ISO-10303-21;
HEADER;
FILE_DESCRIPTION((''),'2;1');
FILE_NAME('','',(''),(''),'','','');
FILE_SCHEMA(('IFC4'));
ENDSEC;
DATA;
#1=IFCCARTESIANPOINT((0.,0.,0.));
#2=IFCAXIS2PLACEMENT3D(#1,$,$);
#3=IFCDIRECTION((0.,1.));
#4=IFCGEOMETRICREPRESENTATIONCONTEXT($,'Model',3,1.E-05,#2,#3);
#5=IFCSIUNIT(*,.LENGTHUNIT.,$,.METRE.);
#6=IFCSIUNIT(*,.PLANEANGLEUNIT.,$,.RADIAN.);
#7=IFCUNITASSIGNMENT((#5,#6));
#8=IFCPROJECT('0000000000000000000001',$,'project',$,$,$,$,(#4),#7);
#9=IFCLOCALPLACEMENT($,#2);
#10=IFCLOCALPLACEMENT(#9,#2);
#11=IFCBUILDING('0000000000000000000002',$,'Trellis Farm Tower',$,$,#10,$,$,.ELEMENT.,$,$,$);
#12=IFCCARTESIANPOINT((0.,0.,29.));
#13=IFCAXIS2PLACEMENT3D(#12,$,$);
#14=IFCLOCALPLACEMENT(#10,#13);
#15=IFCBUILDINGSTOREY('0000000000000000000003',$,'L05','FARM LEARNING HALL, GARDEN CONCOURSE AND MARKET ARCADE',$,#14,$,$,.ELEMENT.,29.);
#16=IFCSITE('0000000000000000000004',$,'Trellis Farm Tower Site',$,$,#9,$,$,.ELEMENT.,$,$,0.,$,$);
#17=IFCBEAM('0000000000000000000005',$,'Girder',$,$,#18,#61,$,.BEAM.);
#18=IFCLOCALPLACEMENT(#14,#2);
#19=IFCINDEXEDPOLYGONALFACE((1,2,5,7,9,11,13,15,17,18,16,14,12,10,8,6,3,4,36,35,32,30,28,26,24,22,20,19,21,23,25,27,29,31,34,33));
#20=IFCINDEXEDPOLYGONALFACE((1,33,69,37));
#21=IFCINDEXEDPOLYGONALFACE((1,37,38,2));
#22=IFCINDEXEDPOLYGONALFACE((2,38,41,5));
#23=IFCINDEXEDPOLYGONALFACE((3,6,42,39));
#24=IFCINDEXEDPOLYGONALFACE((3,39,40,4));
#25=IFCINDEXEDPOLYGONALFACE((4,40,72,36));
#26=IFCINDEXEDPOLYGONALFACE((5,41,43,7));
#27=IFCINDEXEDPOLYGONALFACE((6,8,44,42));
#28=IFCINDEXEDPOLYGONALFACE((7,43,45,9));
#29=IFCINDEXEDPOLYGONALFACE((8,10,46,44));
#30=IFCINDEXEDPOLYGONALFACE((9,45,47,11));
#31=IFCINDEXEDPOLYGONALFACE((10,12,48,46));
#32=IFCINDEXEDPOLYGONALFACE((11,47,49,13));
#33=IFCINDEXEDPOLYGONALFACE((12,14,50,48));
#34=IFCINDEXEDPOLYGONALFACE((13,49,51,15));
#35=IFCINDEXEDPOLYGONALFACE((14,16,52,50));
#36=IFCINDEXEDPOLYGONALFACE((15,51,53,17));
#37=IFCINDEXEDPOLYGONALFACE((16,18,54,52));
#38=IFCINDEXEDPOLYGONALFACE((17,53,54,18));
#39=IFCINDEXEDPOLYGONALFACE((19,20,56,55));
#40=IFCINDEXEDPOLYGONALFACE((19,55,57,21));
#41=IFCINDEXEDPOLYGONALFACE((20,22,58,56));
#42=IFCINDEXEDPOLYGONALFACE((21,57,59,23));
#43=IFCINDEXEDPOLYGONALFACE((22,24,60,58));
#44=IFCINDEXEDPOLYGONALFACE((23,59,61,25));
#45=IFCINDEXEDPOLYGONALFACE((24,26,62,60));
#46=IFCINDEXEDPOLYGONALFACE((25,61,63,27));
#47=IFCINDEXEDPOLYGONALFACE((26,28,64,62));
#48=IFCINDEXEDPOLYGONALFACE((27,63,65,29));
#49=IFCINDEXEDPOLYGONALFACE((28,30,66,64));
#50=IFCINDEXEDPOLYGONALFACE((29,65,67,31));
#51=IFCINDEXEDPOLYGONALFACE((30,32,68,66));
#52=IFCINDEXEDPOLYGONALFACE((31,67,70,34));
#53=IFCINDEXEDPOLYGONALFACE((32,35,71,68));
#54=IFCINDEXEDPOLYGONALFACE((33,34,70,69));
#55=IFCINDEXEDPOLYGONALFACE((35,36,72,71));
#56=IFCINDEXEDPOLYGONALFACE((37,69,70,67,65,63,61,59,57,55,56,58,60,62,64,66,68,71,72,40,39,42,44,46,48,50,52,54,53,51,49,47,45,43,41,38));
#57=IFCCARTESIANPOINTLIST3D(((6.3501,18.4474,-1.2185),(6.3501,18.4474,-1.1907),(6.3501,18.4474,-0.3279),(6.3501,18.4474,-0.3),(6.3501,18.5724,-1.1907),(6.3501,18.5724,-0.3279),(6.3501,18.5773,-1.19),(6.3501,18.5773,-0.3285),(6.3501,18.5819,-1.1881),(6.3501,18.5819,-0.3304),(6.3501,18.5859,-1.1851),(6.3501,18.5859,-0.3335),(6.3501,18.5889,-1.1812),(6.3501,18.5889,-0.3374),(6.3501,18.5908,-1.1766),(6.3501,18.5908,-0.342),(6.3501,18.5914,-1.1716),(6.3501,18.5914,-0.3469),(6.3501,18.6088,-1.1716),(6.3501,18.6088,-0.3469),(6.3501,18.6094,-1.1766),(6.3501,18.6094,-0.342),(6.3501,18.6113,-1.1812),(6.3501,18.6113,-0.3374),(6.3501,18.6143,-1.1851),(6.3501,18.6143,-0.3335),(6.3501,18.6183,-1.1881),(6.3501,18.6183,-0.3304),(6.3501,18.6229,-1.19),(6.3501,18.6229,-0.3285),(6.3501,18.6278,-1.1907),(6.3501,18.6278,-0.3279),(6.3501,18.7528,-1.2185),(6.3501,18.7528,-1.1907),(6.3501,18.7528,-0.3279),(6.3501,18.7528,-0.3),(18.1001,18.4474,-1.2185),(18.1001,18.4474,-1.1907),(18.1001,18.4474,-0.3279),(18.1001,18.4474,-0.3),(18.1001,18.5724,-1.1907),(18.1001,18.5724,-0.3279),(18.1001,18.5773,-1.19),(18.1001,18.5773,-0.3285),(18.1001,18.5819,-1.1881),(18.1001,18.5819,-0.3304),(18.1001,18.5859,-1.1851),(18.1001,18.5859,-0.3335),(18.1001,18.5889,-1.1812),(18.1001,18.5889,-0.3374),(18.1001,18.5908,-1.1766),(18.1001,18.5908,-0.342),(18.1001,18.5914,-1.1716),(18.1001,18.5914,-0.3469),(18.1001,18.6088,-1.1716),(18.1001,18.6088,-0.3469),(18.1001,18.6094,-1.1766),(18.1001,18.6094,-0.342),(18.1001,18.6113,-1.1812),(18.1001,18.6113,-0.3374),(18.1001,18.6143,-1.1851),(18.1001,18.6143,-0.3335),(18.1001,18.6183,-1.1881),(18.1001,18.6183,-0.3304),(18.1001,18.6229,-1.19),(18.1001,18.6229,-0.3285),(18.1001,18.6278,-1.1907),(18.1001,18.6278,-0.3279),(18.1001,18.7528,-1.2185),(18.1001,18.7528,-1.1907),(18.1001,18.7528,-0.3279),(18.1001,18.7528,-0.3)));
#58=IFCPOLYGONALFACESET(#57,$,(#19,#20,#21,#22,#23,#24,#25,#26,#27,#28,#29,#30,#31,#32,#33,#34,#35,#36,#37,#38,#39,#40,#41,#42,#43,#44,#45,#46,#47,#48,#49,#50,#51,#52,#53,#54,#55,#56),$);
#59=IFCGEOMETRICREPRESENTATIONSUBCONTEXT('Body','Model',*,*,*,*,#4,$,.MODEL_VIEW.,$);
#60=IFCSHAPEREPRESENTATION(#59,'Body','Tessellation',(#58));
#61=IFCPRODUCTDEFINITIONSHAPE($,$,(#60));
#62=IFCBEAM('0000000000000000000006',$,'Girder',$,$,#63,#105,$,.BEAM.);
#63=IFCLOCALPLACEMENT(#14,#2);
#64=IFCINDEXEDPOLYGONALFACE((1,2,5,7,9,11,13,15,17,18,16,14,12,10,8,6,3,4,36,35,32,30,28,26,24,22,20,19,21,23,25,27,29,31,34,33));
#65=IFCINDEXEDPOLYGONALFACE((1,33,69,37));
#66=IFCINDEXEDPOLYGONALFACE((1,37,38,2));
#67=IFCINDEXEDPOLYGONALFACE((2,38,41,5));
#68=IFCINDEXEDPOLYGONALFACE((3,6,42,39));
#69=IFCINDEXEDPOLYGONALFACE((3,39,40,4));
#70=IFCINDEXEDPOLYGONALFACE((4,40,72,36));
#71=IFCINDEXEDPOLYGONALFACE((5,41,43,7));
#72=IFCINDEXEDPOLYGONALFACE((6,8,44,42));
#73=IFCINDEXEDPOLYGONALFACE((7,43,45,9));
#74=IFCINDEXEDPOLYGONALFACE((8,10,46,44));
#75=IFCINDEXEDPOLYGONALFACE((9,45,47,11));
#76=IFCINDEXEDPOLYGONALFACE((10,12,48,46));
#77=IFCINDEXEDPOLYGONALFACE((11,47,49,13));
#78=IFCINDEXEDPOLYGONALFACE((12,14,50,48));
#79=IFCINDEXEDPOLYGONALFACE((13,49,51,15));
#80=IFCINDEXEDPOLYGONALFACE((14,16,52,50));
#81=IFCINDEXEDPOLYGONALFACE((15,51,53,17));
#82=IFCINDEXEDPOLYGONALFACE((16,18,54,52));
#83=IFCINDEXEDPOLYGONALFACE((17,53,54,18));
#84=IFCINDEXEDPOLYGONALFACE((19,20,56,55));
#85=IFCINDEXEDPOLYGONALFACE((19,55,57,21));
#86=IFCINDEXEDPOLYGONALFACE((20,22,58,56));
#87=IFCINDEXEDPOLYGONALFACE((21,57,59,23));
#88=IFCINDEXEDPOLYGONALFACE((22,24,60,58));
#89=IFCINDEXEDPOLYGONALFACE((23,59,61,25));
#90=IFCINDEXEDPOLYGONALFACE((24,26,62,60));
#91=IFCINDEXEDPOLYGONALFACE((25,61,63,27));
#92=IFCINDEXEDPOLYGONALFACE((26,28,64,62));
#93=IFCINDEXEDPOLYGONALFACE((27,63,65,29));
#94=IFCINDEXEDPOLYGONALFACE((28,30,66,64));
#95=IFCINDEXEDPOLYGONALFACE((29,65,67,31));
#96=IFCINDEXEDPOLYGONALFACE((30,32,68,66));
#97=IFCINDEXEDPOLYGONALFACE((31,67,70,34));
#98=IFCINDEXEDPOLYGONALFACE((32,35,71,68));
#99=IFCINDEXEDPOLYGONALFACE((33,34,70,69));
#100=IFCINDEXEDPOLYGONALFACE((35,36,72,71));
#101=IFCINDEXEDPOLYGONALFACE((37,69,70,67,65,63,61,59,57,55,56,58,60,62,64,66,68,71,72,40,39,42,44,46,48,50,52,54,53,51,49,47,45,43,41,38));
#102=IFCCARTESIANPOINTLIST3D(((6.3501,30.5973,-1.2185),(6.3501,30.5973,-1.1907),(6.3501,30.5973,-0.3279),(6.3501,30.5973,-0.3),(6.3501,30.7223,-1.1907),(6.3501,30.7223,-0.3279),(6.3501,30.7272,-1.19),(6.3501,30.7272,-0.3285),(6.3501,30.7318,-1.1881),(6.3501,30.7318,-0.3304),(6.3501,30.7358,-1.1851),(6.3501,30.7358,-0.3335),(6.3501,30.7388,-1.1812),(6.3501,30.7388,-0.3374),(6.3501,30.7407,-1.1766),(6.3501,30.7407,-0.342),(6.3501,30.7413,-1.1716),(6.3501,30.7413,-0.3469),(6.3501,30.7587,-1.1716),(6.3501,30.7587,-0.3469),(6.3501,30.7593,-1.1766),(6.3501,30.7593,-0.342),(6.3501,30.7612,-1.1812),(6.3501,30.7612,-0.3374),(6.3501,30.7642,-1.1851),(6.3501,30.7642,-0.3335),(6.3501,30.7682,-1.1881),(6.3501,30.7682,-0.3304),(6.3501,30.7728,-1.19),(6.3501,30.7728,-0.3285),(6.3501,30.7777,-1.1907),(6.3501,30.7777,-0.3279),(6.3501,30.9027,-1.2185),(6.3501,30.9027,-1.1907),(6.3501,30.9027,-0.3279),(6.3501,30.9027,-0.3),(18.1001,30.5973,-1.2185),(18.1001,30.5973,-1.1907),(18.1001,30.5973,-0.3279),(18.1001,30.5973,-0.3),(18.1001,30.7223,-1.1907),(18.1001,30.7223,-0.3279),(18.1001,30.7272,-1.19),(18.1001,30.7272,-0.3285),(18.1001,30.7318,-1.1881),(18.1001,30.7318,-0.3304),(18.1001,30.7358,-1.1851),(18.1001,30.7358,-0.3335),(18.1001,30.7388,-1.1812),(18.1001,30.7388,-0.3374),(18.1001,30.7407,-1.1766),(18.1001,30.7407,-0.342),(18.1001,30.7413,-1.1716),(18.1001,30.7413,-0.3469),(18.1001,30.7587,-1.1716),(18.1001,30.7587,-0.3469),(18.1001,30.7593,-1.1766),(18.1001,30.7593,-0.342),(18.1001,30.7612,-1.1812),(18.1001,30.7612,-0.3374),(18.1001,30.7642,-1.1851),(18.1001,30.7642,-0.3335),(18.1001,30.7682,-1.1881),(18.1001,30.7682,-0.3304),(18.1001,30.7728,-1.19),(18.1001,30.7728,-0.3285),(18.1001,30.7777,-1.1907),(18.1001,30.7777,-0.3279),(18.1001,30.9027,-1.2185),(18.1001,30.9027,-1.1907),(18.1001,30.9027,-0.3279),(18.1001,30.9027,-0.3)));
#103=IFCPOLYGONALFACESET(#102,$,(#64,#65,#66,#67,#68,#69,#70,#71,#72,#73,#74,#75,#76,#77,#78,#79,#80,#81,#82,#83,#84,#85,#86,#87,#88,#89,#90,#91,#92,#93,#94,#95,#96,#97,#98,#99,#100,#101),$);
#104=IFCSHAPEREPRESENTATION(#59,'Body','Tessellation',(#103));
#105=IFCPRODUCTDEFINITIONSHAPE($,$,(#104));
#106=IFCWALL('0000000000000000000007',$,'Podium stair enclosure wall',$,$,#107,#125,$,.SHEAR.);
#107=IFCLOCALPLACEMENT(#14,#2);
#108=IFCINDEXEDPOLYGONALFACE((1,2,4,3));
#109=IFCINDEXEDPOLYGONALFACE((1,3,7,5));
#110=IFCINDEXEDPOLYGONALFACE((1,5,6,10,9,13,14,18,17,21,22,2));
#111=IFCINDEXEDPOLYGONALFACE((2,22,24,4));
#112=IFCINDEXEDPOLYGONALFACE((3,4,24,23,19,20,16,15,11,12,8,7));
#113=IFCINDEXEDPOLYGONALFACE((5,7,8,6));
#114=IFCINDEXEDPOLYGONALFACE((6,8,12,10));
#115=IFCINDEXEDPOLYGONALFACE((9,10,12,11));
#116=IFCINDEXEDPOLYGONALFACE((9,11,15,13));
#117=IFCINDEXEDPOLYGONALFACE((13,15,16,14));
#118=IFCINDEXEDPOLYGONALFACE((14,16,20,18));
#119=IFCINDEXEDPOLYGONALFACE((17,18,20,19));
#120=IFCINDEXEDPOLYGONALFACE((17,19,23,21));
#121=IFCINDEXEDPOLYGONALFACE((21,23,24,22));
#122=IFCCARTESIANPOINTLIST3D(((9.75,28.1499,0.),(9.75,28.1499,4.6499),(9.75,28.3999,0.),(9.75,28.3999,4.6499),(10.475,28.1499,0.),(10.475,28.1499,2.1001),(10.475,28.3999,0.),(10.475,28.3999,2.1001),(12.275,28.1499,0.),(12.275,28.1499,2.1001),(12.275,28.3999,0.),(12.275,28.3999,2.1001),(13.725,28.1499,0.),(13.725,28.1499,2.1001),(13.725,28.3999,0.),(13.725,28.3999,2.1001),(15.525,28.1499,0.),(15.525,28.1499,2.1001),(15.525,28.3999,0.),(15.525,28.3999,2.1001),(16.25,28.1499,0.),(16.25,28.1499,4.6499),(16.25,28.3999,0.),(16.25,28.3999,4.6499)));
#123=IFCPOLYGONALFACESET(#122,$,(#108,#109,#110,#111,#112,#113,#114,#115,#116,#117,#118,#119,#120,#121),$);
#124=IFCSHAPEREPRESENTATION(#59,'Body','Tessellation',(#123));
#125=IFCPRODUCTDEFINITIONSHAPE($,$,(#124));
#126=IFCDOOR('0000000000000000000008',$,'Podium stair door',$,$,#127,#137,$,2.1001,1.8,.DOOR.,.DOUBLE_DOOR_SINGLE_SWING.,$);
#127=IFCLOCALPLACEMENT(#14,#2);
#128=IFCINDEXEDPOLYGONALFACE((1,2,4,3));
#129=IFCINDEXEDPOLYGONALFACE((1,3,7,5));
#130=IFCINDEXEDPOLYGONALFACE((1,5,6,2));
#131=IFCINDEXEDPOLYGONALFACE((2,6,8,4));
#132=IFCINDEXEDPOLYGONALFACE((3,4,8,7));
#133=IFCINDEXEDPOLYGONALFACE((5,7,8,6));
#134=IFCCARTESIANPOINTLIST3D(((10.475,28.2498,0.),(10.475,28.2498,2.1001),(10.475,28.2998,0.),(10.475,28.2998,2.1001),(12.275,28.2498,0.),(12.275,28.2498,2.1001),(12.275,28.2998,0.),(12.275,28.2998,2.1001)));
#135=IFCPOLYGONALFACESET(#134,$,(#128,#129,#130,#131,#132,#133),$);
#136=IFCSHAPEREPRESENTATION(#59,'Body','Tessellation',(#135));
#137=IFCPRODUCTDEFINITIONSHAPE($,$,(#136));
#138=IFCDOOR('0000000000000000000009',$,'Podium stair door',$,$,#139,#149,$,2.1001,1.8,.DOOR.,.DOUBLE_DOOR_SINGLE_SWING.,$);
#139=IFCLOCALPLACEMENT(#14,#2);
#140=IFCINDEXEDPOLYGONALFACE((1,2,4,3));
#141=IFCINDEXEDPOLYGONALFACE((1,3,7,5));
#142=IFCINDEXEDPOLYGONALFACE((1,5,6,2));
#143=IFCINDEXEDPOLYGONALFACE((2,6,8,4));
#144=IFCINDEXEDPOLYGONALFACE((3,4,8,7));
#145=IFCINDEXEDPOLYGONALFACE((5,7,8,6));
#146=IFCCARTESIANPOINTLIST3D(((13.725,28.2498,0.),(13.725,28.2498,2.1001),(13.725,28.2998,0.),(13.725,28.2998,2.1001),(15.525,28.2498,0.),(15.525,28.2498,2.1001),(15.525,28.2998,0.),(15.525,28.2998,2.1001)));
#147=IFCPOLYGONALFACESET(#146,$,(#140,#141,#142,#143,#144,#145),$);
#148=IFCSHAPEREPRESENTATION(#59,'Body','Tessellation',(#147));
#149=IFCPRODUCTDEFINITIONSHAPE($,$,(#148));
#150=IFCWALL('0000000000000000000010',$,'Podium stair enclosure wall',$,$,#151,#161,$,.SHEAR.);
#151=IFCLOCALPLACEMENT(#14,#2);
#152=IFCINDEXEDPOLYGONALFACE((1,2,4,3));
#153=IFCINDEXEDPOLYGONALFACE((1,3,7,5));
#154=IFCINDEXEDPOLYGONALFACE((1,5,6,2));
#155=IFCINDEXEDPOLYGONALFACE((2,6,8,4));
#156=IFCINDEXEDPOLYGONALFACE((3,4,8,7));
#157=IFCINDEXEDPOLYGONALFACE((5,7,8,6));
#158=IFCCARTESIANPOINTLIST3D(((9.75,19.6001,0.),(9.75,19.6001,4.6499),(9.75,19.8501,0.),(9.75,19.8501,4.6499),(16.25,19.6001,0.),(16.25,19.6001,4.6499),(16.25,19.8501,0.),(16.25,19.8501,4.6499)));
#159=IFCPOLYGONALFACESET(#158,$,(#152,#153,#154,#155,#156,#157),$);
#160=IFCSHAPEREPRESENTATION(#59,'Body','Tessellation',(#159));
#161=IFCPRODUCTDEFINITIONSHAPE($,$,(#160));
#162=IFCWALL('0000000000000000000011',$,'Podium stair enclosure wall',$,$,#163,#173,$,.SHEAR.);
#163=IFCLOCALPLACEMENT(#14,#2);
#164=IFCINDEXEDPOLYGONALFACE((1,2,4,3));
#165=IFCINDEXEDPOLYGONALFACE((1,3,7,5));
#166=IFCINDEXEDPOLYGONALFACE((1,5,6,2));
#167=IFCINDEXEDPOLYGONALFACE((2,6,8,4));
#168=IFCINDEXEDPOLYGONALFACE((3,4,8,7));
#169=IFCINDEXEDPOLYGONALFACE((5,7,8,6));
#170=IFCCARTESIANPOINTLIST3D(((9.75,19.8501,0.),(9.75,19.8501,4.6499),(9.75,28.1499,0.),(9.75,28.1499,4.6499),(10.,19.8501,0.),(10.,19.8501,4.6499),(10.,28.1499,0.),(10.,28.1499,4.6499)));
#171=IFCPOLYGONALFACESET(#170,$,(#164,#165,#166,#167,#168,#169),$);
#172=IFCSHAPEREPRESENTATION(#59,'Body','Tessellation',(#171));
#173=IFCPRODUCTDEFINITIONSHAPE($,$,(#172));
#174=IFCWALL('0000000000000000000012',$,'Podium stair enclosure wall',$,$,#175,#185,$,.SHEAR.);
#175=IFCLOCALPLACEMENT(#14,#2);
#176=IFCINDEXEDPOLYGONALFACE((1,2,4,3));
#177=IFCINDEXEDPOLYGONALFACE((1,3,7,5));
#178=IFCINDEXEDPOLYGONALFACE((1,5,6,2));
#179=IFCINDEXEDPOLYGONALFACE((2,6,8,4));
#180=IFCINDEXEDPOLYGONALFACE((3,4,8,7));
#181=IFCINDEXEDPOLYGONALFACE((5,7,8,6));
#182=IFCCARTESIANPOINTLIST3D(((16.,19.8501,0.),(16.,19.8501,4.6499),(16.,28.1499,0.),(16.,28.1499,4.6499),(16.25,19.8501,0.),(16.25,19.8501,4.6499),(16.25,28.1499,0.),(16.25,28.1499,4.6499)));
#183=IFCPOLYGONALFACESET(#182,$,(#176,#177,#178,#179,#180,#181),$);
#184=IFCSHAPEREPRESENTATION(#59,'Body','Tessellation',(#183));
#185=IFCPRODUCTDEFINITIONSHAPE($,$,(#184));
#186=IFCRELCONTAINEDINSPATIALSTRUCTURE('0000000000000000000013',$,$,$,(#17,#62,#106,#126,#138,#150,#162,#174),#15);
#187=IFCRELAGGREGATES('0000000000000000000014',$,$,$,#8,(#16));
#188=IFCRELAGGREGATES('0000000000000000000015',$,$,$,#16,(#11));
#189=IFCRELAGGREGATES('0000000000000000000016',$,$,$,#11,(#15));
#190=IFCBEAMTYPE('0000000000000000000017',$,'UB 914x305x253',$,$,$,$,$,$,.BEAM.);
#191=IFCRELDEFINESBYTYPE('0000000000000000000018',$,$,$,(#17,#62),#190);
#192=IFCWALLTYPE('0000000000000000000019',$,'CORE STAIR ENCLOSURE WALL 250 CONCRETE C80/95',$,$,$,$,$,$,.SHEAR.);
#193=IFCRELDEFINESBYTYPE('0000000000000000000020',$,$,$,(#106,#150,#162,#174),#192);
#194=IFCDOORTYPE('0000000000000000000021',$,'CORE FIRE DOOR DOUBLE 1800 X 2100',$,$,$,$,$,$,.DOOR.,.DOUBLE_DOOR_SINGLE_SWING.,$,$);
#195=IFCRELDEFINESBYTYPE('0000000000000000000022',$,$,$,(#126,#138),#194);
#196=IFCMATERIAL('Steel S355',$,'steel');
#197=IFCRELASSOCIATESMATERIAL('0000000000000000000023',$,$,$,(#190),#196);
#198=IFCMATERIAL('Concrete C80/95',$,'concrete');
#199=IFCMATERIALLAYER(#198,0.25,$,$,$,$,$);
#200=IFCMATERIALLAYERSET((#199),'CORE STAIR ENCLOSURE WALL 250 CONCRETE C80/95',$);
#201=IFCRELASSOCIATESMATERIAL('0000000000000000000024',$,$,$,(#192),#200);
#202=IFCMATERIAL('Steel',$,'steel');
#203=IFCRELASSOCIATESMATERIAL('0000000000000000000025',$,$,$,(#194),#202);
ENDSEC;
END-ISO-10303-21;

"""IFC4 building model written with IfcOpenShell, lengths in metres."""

from ifc_helpers import new_model, si_unit, direction, frame, frame_2d, origin, origin_2d, place, context, subcontext, project, spatial, rectangle, i_section, extrude, source, transform, mapped, material, layer, layer_set, material_profile, profile_set, type_object, element, fill, save


model = new_model("IFC4")

# Units and contexts
model_context = context("Model", 3, precision=1e-05, world=origin(), true_north=direction((0.0, 1.0)))
body_context = subcontext(model_context, "Body", "Model", "MODEL_VIEW")
ifc_project = project(units=[si_unit("LENGTHUNIT", "METRE"), si_unit("PLANEANGLEUNIT", "RADIAN")], contexts=[model_context])

# Site, building, storey
site_placement = place(None, origin())
site = spatial("IfcSite", under=ifc_project, at=site_placement, Name="Trellis Farm Tower Site", CompositionType="ELEMENT", RefElevation=0.0)
building_placement = place(site_placement, origin())
building = spatial("IfcBuilding", under=site, at=building_placement, Name="Trellis Farm Tower", CompositionType="ELEMENT")
storey_placement = place(building_placement, frame((0.0, 0.0, 29.0)))
storey = spatial("IfcBuildingStorey", under=building, at=storey_placement, Name="L05", Description="FARM LEARNING HALL, GARDEN CONCOURSE AND MARKET ARCADE", CompositionType="ELEMENT", Elevation=29.0)

# Shared definitions
ifc_material_1 = material(Name="Concrete C80/95", Category="concrete")

# Beams
ifc_material_2 = material(Name="Steel S355", Category="steel")
ifc_material_profile_1 = material_profile(ifc_material_2, i_section(OverallWidth=0.3054, OverallDepth=0.9185, WebThickness=0.0173, FlangeThickness=0.0278, FilletRadius=0.019, at=origin_2d()), Name="UB 914x305x253")
ifc_profile_set_1 = profile_set([ifc_material_profile_1], Name="Steel S355")
beam_type_1 = type_object("IfcBeamType", Name="UB 914x305x253", PredefinedType="BEAM", material=ifc_profile_set_1)
shared_shape_1 = source(origin(), body_context, "Body", "SweptSolid", [
    extrude(i_section(OverallWidth=0.3054, OverallDepth=0.9185, WebThickness=0.0173, FlangeThickness=0.0278, FilletRadius=0.019, at=origin_2d()), origin(), (0.0, 0.0, 1.0), 11.75),
])
for number, where, z_axis, x_axis, name in (
    (1, (6.3501, 18.6001, -0.7593), (1.0, 0.0, 0.0), (0.0, 1.0, 0.0), "Girder"),
    (2, (6.3501, 30.75, -0.7593), (1.0, 0.0, 0.0), (0.0, 1.0, 0.0), "Girder"),
):
    element("IfcBeam", number, at=place(storey_placement, frame(where, z_axis=z_axis, x_axis=x_axis)), inside=storey, type_object=beam_type_1, Name=name, PredefinedType="BEAM", context=body_context, shape_type="MappedRepresentation", body=[
        mapped(shared_shape_1, transform((0.0, 0.0, 0.0))),
    ])

# Wall, openings, doors
ifc_layer_1 = layer(ifc_material_1, 0.25)
ifc_layer_set_1 = layer_set([ifc_layer_1], Name="CORE STAIR ENCLOSURE WALL 250 CONCRETE C80/95")
wall_type_1 = type_object("IfcWallType", Name="CORE STAIR ENCLOSURE WALL 250 CONCRETE C80/95", PredefinedType="SHEAR", material=ifc_layer_set_1)
shared_shape_2 = source(origin(), body_context, "Body", "SweptSolid", [
    extrude(rectangle(XDim=6.5, YDim=0.25, at=frame_2d((3.25, 0.0))), origin(), (0.0, 0.0, 1.0), 4.6499),
])
wall_1_placement = place(storey_placement, frame((9.75, 28.2749, 0.0), z_axis=(0.0, 0.0, 1.0), x_axis=(1.0, 0.0, 0.0)))
wall_1 = element("IfcWall", 3, at=wall_1_placement, inside=storey, type_object=wall_type_1, Name="Podium stair enclosure wall", PredefinedType="SHEAR", context=body_context, shape_type="MappedRepresentation", body=[
    mapped(shared_shape_2, transform((0.0, 0.0, 0.0))),
])
shared_shape_3 = source(origin(), body_context, "Body", "SweptSolid", [
    extrude(rectangle(XDim=1.8, YDim=2.1001, at=frame_2d((0.8999, 1.05))), frame((0.0, 0.135, 0.0), z_axis=(0.0, -1.0, 0.0), x_axis=(1.0, 0.0, 0.0)), (0.0, 0.0, 1.0), 0.27),
])
opening_1_placement = place(wall_1_placement, frame((0.7251, 0.0, 0.0)))
opening_1 = element("IfcOpeningElement", 4, at=opening_1_placement, cuts=wall_1, PredefinedType="OPENING", context=body_context, shape_type="MappedRepresentation", body=[
    mapped(shared_shape_3, transform((0.0, 0.0, 0.0))),
])
opening_2_placement = place(wall_1_placement, frame((3.9751, 0.0, 0.0)))
opening_2 = element("IfcOpeningElement", 5, at=opening_2_placement, cuts=wall_1, PredefinedType="OPENING", context=body_context, shape_type="MappedRepresentation", body=[
    mapped(shared_shape_3, transform((0.0, 0.0, 0.0))),
])
ifc_material_3 = material(Name="Steel", Category="steel")
door_type_1 = type_object("IfcDoorType", Name="CORE FIRE DOOR DOUBLE 1800 X 2100", OperationType="DOUBLE_DOOR_SINGLE_SWING", PredefinedType="DOOR", material=ifc_material_3)
shared_shape_4 = source(origin(), body_context, "Body", "SweptSolid", [
    extrude(rectangle(XDim=1.8, YDim=2.1001, at=frame_2d((0.8999, 1.05))), frame((0.0, 0.0249, 0.0), z_axis=(0.0, -1.0, 0.0), x_axis=(1.0, 0.0, 0.0)), (0.0, 0.0, 1.0), 0.05),
])
door_1_placement = place(opening_1_placement, origin())
door_1 = element("IfcDoor", 6, at=door_1_placement, inside=storey, type_object=door_type_1, Name="Podium stair door", OperationType="DOUBLE_DOOR_SINGLE_SWING", OverallHeight=2.1001, OverallWidth=1.8, PredefinedType="DOOR", context=body_context, shape_type="MappedRepresentation", body=[
    mapped(shared_shape_4, transform((0.0, 0.0, 0.0))),
])
fill(opening_1, door_1)
door_2_placement = place(opening_2_placement, origin())
door_2 = element("IfcDoor", 7, at=door_2_placement, inside=storey, type_object=door_type_1, Name="Podium stair door", OperationType="DOUBLE_DOOR_SINGLE_SWING", OverallHeight=2.1001, OverallWidth=1.8, PredefinedType="DOOR", context=body_context, shape_type="MappedRepresentation", body=[
    mapped(shared_shape_4, transform((0.0, 0.0, 0.0))),
])
fill(opening_2, door_2)

# Walls
wall_2_placement = place(storey_placement, frame((9.75, 19.7251, 0.0), z_axis=(0.0, 0.0, 1.0), x_axis=(1.0, 0.0, 0.0)))
element("IfcWall", 8, at=wall_2_placement, inside=storey, type_object=wall_type_1, Name="Podium stair enclosure wall", PredefinedType="SHEAR", context=body_context, shape_type="MappedRepresentation", body=[
    mapped(shared_shape_2, transform((0.0, 0.0, 0.0))),
])
shared_shape_5 = source(origin(), body_context, "Body", "SweptSolid", [
    extrude(rectangle(XDim=8.2998, YDim=0.25, at=frame_2d((4.1499, 0.0))), origin(), (0.0, 0.0, 1.0), 4.6499),
])
for number, where, z_axis, x_axis, name in (
    (9, (9.875, 19.8501, 0.0), (0.0, 0.0, 1.0), (0.0, 1.0, 0.0), "Podium stair enclosure wall"),
    (10, (16.125, 19.8501, 0.0), (0.0, 0.0, 1.0), (0.0, 1.0, 0.0), "Podium stair enclosure wall"),
):
    element("IfcWall", number, at=place(storey_placement, frame(where, z_axis=z_axis, x_axis=x_axis)), inside=storey, type_object=wall_type_1, Name=name, PredefinedType="SHEAR", context=body_context, shape_type="MappedRepresentation", body=[
        mapped(shared_shape_5, transform((0.0, 0.0, 0.0))),
    ])

save(model, "model.ifc")
